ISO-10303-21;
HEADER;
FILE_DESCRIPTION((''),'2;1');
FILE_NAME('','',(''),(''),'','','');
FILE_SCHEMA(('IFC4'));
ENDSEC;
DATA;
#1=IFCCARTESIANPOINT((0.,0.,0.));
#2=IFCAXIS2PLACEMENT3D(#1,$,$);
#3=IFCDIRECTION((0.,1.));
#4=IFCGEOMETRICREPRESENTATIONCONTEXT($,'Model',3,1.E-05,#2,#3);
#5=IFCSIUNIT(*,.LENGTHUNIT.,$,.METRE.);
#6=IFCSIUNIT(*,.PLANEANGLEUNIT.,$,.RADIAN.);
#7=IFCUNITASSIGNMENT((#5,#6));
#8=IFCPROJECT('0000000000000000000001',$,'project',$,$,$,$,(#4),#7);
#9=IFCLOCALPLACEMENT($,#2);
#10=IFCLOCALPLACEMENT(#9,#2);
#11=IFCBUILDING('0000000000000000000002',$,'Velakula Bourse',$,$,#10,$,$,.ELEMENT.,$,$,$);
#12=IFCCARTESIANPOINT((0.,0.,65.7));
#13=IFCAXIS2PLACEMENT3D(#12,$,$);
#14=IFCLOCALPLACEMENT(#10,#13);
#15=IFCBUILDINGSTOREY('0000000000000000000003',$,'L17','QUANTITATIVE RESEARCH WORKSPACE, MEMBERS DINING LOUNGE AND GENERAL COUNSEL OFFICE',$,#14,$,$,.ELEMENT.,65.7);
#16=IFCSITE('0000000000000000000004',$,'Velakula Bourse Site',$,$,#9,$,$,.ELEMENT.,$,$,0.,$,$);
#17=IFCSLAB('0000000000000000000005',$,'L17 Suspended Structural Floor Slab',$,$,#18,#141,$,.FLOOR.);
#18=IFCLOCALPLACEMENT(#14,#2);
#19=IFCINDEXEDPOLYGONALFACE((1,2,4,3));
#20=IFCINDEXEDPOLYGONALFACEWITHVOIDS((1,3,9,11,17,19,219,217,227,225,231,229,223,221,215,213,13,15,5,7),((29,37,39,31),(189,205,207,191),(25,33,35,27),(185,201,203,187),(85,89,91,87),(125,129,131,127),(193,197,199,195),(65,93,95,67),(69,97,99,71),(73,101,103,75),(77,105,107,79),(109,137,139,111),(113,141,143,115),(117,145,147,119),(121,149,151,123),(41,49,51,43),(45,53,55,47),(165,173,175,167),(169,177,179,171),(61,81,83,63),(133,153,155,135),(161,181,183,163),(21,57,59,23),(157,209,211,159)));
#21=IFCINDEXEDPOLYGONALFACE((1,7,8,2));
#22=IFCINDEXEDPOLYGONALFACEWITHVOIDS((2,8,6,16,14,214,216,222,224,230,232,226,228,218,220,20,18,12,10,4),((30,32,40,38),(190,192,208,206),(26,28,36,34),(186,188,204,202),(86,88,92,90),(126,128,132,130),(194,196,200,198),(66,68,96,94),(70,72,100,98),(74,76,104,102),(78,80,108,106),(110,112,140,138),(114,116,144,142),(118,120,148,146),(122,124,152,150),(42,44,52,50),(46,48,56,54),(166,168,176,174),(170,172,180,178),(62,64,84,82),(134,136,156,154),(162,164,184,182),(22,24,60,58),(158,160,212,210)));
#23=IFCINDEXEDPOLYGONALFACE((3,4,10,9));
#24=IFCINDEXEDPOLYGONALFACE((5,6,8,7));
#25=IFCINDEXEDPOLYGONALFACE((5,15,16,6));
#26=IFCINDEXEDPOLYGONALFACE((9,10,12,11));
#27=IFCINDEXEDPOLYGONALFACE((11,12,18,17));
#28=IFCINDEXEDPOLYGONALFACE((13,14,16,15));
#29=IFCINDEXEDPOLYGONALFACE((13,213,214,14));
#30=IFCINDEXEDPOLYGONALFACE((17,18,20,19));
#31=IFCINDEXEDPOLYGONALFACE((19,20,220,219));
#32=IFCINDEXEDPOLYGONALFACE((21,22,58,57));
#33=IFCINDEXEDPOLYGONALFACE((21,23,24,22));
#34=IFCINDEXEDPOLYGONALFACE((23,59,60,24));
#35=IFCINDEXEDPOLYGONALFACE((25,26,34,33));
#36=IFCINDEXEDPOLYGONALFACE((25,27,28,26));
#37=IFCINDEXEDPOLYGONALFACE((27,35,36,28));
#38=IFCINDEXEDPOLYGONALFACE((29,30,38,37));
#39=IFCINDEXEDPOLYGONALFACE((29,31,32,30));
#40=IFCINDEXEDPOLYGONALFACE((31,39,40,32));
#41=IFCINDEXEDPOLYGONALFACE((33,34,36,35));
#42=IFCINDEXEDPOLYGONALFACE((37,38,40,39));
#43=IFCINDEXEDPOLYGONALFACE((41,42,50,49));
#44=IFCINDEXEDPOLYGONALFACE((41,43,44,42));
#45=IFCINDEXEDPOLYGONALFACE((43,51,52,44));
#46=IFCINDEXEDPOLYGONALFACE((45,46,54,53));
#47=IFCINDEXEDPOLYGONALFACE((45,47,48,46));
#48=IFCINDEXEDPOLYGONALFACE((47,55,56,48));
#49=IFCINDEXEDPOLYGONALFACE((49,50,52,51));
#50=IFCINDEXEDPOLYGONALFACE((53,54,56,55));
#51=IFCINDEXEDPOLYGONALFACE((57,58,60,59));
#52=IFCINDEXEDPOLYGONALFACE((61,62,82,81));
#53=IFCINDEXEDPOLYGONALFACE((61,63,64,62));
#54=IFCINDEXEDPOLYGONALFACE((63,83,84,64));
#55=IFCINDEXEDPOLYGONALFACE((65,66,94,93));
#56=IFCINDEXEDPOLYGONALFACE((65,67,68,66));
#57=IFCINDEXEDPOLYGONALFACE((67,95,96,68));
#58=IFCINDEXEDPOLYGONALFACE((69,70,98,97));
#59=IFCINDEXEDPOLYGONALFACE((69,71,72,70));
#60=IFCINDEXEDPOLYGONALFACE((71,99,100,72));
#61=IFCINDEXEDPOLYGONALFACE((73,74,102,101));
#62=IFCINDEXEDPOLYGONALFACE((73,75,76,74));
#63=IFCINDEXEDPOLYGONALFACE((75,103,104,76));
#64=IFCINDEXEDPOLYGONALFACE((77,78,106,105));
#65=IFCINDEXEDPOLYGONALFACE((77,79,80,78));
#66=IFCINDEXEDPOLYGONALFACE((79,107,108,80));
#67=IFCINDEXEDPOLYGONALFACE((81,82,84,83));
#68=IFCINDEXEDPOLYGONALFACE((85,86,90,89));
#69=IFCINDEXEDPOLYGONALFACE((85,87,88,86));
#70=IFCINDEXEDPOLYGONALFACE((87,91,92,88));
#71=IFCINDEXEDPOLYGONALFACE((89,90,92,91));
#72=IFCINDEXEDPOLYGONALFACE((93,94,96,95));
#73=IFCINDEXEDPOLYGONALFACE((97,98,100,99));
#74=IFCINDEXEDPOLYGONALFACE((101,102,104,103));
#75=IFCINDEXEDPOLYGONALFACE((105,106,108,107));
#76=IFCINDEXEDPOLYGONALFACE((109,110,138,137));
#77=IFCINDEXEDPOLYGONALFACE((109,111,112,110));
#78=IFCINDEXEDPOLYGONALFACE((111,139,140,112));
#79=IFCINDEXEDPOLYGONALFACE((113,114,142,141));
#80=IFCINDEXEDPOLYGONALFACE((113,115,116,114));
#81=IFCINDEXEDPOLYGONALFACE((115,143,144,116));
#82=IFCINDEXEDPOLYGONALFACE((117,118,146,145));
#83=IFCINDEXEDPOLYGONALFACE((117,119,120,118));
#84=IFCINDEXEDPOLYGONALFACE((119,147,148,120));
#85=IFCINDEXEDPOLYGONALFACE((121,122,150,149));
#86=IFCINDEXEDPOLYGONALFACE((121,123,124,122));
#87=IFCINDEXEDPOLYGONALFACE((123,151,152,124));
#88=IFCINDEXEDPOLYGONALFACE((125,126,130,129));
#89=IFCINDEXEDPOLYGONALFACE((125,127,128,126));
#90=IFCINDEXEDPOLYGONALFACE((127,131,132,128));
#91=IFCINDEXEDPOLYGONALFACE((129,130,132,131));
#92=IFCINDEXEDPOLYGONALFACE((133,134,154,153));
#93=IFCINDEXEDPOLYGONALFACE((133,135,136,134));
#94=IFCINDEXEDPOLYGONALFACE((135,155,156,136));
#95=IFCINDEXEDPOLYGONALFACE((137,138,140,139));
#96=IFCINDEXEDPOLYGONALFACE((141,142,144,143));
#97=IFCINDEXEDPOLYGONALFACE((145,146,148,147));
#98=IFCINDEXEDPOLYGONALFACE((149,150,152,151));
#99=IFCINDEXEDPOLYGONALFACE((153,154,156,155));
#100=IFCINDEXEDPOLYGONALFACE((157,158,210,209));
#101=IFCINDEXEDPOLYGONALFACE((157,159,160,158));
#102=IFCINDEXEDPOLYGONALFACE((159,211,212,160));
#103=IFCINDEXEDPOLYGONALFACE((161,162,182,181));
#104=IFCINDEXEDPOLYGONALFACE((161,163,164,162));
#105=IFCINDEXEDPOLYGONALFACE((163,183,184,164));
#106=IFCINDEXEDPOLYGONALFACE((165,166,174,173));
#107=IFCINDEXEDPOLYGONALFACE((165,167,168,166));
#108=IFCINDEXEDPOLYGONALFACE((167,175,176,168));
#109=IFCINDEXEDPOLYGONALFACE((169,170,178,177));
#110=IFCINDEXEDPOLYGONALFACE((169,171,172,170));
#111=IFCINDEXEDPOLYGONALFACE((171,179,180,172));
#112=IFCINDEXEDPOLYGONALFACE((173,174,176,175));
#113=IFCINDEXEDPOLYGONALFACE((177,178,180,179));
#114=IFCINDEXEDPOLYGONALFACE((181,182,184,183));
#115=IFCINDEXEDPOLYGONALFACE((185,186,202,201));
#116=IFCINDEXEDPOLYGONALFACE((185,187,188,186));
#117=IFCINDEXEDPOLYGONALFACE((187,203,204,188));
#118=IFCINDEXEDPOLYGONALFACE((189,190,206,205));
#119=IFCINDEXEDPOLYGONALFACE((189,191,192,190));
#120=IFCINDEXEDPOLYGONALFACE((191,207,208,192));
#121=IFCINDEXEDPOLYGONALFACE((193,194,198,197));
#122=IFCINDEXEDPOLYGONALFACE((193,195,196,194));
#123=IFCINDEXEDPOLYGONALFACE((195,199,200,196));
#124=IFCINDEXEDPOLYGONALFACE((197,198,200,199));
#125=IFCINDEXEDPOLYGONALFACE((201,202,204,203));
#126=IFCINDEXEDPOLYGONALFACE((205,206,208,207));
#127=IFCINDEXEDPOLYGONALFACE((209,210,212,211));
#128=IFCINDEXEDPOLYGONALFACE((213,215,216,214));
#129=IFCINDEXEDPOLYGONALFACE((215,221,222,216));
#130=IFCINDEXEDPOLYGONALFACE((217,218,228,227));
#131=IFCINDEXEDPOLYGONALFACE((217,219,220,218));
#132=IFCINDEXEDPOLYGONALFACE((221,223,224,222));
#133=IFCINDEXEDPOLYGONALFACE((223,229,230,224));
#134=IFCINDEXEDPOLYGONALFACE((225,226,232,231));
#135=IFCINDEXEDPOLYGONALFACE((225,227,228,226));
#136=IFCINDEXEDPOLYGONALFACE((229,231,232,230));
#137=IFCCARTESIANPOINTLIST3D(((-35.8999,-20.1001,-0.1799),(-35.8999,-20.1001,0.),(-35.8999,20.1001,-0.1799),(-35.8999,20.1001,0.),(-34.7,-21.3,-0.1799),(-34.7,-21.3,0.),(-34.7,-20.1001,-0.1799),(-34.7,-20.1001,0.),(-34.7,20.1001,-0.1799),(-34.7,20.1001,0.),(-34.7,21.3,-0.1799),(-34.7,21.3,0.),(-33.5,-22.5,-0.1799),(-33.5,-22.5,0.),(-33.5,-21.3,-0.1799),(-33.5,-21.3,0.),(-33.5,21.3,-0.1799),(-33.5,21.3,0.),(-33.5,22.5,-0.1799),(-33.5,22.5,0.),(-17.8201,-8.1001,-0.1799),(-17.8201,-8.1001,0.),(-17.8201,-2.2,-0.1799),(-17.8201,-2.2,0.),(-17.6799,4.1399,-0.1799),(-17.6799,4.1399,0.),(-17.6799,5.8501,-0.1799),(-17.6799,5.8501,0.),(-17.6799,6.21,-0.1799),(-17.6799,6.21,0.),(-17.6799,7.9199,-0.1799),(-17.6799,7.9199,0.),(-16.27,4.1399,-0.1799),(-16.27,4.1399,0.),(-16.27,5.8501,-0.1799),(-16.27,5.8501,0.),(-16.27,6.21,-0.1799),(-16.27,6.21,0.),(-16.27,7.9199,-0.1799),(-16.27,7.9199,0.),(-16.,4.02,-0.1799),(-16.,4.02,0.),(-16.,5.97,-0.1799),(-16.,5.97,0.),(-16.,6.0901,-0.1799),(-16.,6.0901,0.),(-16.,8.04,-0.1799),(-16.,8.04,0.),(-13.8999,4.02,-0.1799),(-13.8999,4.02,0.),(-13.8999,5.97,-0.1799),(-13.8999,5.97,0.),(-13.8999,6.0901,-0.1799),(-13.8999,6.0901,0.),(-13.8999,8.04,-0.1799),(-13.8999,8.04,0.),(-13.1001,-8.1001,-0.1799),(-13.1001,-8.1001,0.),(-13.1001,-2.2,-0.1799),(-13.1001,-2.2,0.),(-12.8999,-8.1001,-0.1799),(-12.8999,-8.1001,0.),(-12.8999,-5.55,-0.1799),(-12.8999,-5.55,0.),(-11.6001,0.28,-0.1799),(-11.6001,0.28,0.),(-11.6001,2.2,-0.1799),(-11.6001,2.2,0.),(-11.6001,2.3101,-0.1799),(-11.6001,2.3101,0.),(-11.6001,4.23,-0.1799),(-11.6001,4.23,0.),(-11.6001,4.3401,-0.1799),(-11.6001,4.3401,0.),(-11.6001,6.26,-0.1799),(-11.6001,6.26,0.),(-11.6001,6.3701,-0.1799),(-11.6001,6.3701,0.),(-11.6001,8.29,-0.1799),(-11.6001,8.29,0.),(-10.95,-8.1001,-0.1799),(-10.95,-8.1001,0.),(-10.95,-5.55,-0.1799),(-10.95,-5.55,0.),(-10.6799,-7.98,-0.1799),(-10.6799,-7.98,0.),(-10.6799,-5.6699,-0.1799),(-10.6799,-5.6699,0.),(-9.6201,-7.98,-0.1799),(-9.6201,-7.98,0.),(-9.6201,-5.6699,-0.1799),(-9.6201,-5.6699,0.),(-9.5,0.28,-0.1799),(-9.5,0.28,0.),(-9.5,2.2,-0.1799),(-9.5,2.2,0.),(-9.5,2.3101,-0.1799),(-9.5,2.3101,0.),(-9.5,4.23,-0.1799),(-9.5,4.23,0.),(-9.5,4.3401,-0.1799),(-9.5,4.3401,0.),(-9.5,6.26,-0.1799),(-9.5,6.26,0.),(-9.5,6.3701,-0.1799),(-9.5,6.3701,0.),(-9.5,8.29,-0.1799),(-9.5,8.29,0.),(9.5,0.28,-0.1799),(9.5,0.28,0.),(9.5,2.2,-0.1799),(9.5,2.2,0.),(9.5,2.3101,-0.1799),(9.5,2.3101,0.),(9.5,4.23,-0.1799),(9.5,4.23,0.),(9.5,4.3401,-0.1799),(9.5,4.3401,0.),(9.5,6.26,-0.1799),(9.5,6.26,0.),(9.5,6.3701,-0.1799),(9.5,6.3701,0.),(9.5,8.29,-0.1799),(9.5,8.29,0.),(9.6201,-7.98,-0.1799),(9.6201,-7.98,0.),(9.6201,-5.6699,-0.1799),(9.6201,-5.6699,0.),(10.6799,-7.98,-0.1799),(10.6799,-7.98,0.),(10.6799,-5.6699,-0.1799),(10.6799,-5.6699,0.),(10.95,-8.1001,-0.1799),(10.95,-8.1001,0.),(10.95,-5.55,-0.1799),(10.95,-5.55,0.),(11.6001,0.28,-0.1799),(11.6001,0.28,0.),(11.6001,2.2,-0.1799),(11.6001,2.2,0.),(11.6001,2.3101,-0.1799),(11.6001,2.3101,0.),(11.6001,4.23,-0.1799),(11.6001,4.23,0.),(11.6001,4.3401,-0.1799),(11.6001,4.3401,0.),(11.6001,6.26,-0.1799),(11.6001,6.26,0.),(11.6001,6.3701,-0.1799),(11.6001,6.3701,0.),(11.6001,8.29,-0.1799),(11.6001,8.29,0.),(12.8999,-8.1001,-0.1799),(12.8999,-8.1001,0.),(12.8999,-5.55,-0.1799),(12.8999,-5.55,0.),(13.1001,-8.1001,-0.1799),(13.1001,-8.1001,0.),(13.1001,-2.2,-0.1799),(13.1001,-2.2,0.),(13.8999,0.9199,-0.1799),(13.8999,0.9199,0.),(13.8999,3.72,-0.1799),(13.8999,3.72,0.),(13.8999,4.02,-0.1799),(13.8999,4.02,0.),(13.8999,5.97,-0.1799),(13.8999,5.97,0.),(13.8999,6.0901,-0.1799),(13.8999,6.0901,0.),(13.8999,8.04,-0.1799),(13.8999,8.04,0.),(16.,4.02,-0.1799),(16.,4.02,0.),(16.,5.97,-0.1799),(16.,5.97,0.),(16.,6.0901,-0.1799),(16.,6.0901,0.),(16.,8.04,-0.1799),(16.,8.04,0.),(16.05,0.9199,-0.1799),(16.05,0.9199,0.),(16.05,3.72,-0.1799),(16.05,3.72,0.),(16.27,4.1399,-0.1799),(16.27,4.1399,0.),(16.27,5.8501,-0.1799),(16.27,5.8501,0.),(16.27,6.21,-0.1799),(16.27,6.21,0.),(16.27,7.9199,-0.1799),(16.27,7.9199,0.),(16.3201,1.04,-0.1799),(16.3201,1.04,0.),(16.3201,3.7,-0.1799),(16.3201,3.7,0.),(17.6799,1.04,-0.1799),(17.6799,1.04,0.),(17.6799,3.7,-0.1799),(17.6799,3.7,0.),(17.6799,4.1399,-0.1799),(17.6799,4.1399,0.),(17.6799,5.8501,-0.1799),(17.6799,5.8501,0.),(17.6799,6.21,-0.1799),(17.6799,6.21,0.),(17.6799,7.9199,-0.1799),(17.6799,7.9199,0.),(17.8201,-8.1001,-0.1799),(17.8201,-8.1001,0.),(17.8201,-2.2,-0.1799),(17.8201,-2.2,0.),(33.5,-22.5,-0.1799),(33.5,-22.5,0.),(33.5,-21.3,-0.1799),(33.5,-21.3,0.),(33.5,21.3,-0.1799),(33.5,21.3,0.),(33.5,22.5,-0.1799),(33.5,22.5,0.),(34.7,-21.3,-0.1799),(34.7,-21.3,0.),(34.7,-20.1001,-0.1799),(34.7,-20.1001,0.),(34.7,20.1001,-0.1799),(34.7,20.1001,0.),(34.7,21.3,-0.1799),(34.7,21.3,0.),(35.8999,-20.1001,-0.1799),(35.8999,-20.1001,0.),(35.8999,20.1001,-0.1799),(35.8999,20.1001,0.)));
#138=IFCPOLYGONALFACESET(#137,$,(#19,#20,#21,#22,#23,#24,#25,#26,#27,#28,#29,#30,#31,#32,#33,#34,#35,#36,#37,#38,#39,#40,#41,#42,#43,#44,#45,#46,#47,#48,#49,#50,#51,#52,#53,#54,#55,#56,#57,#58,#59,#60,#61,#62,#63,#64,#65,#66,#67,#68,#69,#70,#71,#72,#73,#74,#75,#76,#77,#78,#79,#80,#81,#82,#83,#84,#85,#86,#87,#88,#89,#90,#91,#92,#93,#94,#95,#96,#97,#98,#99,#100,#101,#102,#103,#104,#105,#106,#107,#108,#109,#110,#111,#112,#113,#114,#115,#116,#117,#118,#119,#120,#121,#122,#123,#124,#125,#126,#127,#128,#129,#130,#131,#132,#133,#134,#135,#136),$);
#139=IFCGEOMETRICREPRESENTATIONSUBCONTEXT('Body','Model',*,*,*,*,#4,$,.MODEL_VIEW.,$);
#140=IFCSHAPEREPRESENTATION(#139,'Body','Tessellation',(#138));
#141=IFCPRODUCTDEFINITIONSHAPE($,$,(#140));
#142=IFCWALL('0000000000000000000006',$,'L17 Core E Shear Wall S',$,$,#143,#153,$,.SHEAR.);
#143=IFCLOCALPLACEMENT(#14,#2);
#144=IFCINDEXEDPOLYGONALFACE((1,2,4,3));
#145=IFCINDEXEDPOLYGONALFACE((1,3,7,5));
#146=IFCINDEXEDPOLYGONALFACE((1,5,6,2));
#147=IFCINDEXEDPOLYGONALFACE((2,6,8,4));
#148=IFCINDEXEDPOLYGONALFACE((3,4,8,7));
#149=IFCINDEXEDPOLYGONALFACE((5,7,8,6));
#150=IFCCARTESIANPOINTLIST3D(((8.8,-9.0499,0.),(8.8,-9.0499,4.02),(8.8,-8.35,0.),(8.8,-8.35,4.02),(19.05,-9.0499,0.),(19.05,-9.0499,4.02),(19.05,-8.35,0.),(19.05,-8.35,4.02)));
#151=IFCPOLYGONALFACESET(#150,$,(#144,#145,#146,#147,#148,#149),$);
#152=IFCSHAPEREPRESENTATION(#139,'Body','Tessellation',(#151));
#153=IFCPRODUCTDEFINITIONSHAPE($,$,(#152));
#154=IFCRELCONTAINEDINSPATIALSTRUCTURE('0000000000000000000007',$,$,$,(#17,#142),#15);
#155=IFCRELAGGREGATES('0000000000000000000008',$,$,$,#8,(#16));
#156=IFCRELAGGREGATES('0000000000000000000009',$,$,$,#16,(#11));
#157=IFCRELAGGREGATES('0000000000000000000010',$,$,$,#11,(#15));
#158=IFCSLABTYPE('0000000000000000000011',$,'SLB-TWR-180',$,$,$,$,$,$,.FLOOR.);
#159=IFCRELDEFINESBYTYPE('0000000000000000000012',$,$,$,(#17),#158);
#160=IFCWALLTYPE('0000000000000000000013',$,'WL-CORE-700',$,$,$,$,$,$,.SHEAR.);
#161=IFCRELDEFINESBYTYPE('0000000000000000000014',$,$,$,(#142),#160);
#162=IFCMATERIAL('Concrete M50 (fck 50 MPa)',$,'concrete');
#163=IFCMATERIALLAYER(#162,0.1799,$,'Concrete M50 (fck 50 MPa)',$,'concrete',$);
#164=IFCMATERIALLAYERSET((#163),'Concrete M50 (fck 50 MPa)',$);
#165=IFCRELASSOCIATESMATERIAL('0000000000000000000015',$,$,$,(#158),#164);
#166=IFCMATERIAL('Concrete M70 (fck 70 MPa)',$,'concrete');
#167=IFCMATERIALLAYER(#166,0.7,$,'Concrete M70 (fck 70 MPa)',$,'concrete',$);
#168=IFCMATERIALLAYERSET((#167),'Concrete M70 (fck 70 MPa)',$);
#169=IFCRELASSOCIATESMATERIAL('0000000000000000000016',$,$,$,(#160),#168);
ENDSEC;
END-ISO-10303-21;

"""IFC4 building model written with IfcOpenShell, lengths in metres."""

from ifc_helpers import new_model, si_unit, direction, frame, frame_2d, origin, place, context, subcontext, project, spatial, polyline, rectangle, outline, extrude, material, layer, layer_set, type_object, element, save


model = new_model("IFC4")

# Units and contexts
model_context = context("Model", 3, precision=1e-05, world=origin(), true_north=direction((0.0, 1.0)))
body_context = subcontext(model_context, "Body", "Model", "MODEL_VIEW")
ifc_project = project(units=[si_unit("LENGTHUNIT", "METRE"), si_unit("PLANEANGLEUNIT", "RADIAN")], contexts=[model_context])

# Site, building, storey
site_placement = place(None, origin())
site = spatial("IfcSite", under=ifc_project, at=site_placement, Name="Velakula Bourse Site", CompositionType="ELEMENT", RefElevation=0.0)
building_placement = place(site_placement, origin())
building = spatial("IfcBuilding", under=site, at=building_placement, Name="Velakula Bourse", CompositionType="ELEMENT")
storey_placement = place(building_placement, frame((0.0, 0.0, 65.7)))
storey = spatial("IfcBuildingStorey", under=building, at=storey_placement, Name="L17", Description="QUANTITATIVE RESEARCH WORKSPACE, MEMBERS DINING LOUNGE AND GENERAL COUNSEL OFFICE", CompositionType="ELEMENT", Elevation=65.7)

# Shared definitions
ifc_material_1 = material(Name="Concrete M70 (fck 70 MPa)", Category="concrete")

# Slab
ifc_material_2 = material(Name="Concrete M50 (fck 50 MPa)", Category="concrete")
ifc_layer_1 = layer(ifc_material_2, 0.1799, Name="Concrete M50 (fck 50 MPa)", Category="concrete")
ifc_layer_set_1 = layer_set([ifc_layer_1], Name="Concrete M50 (fck 50 MPa)")
slab_type = type_object("IfcSlabType", Name="SLB-TWR-180", PredefinedType="FLOOR", material=ifc_layer_set_1)
slab_placement = place(storey_placement, frame((0.0, 0.0, -0.1799)))
element("IfcSlab", 1, at=slab_placement, inside=storey, type_object=slab_type, Name="L17 Suspended Structural Floor Slab", PredefinedType="FLOOR", context=body_context, shape_type="SweptSolid", body=[
    extrude(outline(polyline([(-33.5, -22.5), (33.5, -22.5), (33.5, -21.3), (34.7, -21.3), (34.7, -20.1001), (35.8999, -20.1001), (35.8999, 20.1001), (34.7, 20.1001), (34.7, 21.3), (33.5, 21.3), (33.5, 22.5), (-33.5, 22.5), (-33.5, 21.3), (-34.7, 21.3), (-34.7, 20.1001), (-35.8999, 20.1001), (-35.8999, -20.1001), (-34.7, -20.1001), (-34.7, -21.3), (-33.5, -21.3), (-33.5, -22.5)]), holes=[polyline([(-17.8201, -8.1001), (-13.1001, -8.1001), (-13.1001, -2.2), (-17.8201, -2.2), (-17.8201, -8.1001)]), polyline([(13.1001, -8.1001), (17.8201, -8.1001), (17.8201, -2.2), (13.1001, -2.2), (13.1001, -8.1001)]), polyline([(-12.8999, -8.1001), (-10.95, -8.1001), (-10.95, -5.55), (-12.8999, -5.55), (-12.8999, -8.1001)]), polyline([(10.95, -8.1001), (12.8999, -8.1001), (12.8999, -5.55), (10.95, -5.55), (10.95, -8.1001)]), polyline([(13.8999, 0.9199), (16.05, 0.9199), (16.05, 3.72), (13.8999, 3.72), (13.8999, 0.9199)]), polyline([(-10.6799, -7.98), (-9.6201, -7.98), (-9.6201, -5.6699), (-10.6799, -5.6699), (-10.6799, -7.98)]), polyline([(-17.6799, 4.1399), (-16.27, 4.1399), (-16.27, 5.8501), (-17.6799, 5.8501), (-17.6799, 4.1399)]), polyline([(-17.6799, 6.21), (-16.27, 6.21), (-16.27, 7.9199), (-17.6799, 7.9199), (-17.6799, 6.21)]), polyline([(9.6201, -7.98), (10.6799, -7.98), (10.6799, -5.6699), (9.6201, -5.6699), (9.6201, -7.98)]), polyline([(16.27, 4.1399), (17.6799, 4.1399), (17.6799, 5.8501), (16.27, 5.8501), (16.27, 4.1399)]), polyline([(16.27, 6.21), (17.6799, 6.21), (17.6799, 7.9199), (16.27, 7.9199), (16.27, 6.21)]), polyline([(16.3201, 1.04), (17.6799, 1.04), (17.6799, 3.7), (16.3201, 3.7), (16.3201, 1.04)]), polyline([(-11.6001, 0.28), (-9.5, 0.28), (-9.5, 2.2), (-11.6001, 2.2), (-11.6001, 0.28)]), polyline([(-11.6001, 2.3101), (-9.5, 2.3101), (-9.5, 4.23), (-11.6001, 4.23), (-11.6001, 2.3101)]), polyline([(-11.6001, 4.3401), (-9.5, 4.3401), (-9.5, 6.26), (-11.6001, 6.26), (-11.6001, 4.3401)]), polyline([(-11.6001, 6.3701), (-9.5, 6.3701), (-9.5, 8.29), (-11.6001, 8.29), (-11.6001, 6.3701)]), polyline([(9.5, 0.28), (11.6001, 0.28), (11.6001, 2.2), (9.5, 2.2), (9.5, 0.28)]), polyline([(9.5, 2.3101), (11.6001, 2.3101), (11.6001, 4.23), (9.5, 4.23), (9.5, 2.3101)]), polyline([(9.5, 4.3401), (11.6001, 4.3401), (11.6001, 6.26), (9.5, 6.26), (9.5, 4.3401)]), polyline([(9.5, 6.3701), (11.6001, 6.3701), (11.6001, 8.29), (9.5, 8.29), (9.5, 6.3701)]), polyline([(-16.0, 4.02), (-13.8999, 4.02), (-13.8999, 5.97), (-16.0, 5.97), (-16.0, 4.02)]), polyline([(-16.0, 6.0901), (-13.8999, 6.0901), (-13.8999, 8.04), (-16.0, 8.04), (-16.0, 6.0901)]), polyline([(13.8999, 4.02), (16.0, 4.02), (16.0, 5.97), (13.8999, 5.97), (13.8999, 4.02)]), polyline([(13.8999, 6.0901), (16.0, 6.0901), (16.0, 8.04), (13.8999, 8.04), (13.8999, 6.0901)])]), origin(), (0.0, 0.0, 1.0), 0.1799),
])

# Wall
ifc_layer_2 = layer(ifc_material_1, 0.7, Name="Concrete M70 (fck 70 MPa)", Category="concrete")
ifc_layer_set_2 = layer_set([ifc_layer_2], Name="Concrete M70 (fck 70 MPa)")
wall_type_1 = type_object("IfcWallType", Name="WL-CORE-700", PredefinedType="SHEAR", material=ifc_layer_set_2)
wall_1_placement = place(storey_placement, frame((8.8, -8.7, 0.0), z_axis=(0.0, 0.0, 1.0), x_axis=(1.0, 0.0, 0.0)))
element("IfcWall", 2, at=wall_1_placement, inside=storey, type_object=wall_type_1, Name="L17 Core E Shear Wall S", PredefinedType="SHEAR", context=body_context, shape_type="SweptSolid", body=[
    extrude(rectangle(XDim=10.25, YDim=0.7, at=frame_2d((5.125, 0.0))), origin(), (0.0, 0.0, 1.0), 4.02),
])

save(model, "model.ifc")
